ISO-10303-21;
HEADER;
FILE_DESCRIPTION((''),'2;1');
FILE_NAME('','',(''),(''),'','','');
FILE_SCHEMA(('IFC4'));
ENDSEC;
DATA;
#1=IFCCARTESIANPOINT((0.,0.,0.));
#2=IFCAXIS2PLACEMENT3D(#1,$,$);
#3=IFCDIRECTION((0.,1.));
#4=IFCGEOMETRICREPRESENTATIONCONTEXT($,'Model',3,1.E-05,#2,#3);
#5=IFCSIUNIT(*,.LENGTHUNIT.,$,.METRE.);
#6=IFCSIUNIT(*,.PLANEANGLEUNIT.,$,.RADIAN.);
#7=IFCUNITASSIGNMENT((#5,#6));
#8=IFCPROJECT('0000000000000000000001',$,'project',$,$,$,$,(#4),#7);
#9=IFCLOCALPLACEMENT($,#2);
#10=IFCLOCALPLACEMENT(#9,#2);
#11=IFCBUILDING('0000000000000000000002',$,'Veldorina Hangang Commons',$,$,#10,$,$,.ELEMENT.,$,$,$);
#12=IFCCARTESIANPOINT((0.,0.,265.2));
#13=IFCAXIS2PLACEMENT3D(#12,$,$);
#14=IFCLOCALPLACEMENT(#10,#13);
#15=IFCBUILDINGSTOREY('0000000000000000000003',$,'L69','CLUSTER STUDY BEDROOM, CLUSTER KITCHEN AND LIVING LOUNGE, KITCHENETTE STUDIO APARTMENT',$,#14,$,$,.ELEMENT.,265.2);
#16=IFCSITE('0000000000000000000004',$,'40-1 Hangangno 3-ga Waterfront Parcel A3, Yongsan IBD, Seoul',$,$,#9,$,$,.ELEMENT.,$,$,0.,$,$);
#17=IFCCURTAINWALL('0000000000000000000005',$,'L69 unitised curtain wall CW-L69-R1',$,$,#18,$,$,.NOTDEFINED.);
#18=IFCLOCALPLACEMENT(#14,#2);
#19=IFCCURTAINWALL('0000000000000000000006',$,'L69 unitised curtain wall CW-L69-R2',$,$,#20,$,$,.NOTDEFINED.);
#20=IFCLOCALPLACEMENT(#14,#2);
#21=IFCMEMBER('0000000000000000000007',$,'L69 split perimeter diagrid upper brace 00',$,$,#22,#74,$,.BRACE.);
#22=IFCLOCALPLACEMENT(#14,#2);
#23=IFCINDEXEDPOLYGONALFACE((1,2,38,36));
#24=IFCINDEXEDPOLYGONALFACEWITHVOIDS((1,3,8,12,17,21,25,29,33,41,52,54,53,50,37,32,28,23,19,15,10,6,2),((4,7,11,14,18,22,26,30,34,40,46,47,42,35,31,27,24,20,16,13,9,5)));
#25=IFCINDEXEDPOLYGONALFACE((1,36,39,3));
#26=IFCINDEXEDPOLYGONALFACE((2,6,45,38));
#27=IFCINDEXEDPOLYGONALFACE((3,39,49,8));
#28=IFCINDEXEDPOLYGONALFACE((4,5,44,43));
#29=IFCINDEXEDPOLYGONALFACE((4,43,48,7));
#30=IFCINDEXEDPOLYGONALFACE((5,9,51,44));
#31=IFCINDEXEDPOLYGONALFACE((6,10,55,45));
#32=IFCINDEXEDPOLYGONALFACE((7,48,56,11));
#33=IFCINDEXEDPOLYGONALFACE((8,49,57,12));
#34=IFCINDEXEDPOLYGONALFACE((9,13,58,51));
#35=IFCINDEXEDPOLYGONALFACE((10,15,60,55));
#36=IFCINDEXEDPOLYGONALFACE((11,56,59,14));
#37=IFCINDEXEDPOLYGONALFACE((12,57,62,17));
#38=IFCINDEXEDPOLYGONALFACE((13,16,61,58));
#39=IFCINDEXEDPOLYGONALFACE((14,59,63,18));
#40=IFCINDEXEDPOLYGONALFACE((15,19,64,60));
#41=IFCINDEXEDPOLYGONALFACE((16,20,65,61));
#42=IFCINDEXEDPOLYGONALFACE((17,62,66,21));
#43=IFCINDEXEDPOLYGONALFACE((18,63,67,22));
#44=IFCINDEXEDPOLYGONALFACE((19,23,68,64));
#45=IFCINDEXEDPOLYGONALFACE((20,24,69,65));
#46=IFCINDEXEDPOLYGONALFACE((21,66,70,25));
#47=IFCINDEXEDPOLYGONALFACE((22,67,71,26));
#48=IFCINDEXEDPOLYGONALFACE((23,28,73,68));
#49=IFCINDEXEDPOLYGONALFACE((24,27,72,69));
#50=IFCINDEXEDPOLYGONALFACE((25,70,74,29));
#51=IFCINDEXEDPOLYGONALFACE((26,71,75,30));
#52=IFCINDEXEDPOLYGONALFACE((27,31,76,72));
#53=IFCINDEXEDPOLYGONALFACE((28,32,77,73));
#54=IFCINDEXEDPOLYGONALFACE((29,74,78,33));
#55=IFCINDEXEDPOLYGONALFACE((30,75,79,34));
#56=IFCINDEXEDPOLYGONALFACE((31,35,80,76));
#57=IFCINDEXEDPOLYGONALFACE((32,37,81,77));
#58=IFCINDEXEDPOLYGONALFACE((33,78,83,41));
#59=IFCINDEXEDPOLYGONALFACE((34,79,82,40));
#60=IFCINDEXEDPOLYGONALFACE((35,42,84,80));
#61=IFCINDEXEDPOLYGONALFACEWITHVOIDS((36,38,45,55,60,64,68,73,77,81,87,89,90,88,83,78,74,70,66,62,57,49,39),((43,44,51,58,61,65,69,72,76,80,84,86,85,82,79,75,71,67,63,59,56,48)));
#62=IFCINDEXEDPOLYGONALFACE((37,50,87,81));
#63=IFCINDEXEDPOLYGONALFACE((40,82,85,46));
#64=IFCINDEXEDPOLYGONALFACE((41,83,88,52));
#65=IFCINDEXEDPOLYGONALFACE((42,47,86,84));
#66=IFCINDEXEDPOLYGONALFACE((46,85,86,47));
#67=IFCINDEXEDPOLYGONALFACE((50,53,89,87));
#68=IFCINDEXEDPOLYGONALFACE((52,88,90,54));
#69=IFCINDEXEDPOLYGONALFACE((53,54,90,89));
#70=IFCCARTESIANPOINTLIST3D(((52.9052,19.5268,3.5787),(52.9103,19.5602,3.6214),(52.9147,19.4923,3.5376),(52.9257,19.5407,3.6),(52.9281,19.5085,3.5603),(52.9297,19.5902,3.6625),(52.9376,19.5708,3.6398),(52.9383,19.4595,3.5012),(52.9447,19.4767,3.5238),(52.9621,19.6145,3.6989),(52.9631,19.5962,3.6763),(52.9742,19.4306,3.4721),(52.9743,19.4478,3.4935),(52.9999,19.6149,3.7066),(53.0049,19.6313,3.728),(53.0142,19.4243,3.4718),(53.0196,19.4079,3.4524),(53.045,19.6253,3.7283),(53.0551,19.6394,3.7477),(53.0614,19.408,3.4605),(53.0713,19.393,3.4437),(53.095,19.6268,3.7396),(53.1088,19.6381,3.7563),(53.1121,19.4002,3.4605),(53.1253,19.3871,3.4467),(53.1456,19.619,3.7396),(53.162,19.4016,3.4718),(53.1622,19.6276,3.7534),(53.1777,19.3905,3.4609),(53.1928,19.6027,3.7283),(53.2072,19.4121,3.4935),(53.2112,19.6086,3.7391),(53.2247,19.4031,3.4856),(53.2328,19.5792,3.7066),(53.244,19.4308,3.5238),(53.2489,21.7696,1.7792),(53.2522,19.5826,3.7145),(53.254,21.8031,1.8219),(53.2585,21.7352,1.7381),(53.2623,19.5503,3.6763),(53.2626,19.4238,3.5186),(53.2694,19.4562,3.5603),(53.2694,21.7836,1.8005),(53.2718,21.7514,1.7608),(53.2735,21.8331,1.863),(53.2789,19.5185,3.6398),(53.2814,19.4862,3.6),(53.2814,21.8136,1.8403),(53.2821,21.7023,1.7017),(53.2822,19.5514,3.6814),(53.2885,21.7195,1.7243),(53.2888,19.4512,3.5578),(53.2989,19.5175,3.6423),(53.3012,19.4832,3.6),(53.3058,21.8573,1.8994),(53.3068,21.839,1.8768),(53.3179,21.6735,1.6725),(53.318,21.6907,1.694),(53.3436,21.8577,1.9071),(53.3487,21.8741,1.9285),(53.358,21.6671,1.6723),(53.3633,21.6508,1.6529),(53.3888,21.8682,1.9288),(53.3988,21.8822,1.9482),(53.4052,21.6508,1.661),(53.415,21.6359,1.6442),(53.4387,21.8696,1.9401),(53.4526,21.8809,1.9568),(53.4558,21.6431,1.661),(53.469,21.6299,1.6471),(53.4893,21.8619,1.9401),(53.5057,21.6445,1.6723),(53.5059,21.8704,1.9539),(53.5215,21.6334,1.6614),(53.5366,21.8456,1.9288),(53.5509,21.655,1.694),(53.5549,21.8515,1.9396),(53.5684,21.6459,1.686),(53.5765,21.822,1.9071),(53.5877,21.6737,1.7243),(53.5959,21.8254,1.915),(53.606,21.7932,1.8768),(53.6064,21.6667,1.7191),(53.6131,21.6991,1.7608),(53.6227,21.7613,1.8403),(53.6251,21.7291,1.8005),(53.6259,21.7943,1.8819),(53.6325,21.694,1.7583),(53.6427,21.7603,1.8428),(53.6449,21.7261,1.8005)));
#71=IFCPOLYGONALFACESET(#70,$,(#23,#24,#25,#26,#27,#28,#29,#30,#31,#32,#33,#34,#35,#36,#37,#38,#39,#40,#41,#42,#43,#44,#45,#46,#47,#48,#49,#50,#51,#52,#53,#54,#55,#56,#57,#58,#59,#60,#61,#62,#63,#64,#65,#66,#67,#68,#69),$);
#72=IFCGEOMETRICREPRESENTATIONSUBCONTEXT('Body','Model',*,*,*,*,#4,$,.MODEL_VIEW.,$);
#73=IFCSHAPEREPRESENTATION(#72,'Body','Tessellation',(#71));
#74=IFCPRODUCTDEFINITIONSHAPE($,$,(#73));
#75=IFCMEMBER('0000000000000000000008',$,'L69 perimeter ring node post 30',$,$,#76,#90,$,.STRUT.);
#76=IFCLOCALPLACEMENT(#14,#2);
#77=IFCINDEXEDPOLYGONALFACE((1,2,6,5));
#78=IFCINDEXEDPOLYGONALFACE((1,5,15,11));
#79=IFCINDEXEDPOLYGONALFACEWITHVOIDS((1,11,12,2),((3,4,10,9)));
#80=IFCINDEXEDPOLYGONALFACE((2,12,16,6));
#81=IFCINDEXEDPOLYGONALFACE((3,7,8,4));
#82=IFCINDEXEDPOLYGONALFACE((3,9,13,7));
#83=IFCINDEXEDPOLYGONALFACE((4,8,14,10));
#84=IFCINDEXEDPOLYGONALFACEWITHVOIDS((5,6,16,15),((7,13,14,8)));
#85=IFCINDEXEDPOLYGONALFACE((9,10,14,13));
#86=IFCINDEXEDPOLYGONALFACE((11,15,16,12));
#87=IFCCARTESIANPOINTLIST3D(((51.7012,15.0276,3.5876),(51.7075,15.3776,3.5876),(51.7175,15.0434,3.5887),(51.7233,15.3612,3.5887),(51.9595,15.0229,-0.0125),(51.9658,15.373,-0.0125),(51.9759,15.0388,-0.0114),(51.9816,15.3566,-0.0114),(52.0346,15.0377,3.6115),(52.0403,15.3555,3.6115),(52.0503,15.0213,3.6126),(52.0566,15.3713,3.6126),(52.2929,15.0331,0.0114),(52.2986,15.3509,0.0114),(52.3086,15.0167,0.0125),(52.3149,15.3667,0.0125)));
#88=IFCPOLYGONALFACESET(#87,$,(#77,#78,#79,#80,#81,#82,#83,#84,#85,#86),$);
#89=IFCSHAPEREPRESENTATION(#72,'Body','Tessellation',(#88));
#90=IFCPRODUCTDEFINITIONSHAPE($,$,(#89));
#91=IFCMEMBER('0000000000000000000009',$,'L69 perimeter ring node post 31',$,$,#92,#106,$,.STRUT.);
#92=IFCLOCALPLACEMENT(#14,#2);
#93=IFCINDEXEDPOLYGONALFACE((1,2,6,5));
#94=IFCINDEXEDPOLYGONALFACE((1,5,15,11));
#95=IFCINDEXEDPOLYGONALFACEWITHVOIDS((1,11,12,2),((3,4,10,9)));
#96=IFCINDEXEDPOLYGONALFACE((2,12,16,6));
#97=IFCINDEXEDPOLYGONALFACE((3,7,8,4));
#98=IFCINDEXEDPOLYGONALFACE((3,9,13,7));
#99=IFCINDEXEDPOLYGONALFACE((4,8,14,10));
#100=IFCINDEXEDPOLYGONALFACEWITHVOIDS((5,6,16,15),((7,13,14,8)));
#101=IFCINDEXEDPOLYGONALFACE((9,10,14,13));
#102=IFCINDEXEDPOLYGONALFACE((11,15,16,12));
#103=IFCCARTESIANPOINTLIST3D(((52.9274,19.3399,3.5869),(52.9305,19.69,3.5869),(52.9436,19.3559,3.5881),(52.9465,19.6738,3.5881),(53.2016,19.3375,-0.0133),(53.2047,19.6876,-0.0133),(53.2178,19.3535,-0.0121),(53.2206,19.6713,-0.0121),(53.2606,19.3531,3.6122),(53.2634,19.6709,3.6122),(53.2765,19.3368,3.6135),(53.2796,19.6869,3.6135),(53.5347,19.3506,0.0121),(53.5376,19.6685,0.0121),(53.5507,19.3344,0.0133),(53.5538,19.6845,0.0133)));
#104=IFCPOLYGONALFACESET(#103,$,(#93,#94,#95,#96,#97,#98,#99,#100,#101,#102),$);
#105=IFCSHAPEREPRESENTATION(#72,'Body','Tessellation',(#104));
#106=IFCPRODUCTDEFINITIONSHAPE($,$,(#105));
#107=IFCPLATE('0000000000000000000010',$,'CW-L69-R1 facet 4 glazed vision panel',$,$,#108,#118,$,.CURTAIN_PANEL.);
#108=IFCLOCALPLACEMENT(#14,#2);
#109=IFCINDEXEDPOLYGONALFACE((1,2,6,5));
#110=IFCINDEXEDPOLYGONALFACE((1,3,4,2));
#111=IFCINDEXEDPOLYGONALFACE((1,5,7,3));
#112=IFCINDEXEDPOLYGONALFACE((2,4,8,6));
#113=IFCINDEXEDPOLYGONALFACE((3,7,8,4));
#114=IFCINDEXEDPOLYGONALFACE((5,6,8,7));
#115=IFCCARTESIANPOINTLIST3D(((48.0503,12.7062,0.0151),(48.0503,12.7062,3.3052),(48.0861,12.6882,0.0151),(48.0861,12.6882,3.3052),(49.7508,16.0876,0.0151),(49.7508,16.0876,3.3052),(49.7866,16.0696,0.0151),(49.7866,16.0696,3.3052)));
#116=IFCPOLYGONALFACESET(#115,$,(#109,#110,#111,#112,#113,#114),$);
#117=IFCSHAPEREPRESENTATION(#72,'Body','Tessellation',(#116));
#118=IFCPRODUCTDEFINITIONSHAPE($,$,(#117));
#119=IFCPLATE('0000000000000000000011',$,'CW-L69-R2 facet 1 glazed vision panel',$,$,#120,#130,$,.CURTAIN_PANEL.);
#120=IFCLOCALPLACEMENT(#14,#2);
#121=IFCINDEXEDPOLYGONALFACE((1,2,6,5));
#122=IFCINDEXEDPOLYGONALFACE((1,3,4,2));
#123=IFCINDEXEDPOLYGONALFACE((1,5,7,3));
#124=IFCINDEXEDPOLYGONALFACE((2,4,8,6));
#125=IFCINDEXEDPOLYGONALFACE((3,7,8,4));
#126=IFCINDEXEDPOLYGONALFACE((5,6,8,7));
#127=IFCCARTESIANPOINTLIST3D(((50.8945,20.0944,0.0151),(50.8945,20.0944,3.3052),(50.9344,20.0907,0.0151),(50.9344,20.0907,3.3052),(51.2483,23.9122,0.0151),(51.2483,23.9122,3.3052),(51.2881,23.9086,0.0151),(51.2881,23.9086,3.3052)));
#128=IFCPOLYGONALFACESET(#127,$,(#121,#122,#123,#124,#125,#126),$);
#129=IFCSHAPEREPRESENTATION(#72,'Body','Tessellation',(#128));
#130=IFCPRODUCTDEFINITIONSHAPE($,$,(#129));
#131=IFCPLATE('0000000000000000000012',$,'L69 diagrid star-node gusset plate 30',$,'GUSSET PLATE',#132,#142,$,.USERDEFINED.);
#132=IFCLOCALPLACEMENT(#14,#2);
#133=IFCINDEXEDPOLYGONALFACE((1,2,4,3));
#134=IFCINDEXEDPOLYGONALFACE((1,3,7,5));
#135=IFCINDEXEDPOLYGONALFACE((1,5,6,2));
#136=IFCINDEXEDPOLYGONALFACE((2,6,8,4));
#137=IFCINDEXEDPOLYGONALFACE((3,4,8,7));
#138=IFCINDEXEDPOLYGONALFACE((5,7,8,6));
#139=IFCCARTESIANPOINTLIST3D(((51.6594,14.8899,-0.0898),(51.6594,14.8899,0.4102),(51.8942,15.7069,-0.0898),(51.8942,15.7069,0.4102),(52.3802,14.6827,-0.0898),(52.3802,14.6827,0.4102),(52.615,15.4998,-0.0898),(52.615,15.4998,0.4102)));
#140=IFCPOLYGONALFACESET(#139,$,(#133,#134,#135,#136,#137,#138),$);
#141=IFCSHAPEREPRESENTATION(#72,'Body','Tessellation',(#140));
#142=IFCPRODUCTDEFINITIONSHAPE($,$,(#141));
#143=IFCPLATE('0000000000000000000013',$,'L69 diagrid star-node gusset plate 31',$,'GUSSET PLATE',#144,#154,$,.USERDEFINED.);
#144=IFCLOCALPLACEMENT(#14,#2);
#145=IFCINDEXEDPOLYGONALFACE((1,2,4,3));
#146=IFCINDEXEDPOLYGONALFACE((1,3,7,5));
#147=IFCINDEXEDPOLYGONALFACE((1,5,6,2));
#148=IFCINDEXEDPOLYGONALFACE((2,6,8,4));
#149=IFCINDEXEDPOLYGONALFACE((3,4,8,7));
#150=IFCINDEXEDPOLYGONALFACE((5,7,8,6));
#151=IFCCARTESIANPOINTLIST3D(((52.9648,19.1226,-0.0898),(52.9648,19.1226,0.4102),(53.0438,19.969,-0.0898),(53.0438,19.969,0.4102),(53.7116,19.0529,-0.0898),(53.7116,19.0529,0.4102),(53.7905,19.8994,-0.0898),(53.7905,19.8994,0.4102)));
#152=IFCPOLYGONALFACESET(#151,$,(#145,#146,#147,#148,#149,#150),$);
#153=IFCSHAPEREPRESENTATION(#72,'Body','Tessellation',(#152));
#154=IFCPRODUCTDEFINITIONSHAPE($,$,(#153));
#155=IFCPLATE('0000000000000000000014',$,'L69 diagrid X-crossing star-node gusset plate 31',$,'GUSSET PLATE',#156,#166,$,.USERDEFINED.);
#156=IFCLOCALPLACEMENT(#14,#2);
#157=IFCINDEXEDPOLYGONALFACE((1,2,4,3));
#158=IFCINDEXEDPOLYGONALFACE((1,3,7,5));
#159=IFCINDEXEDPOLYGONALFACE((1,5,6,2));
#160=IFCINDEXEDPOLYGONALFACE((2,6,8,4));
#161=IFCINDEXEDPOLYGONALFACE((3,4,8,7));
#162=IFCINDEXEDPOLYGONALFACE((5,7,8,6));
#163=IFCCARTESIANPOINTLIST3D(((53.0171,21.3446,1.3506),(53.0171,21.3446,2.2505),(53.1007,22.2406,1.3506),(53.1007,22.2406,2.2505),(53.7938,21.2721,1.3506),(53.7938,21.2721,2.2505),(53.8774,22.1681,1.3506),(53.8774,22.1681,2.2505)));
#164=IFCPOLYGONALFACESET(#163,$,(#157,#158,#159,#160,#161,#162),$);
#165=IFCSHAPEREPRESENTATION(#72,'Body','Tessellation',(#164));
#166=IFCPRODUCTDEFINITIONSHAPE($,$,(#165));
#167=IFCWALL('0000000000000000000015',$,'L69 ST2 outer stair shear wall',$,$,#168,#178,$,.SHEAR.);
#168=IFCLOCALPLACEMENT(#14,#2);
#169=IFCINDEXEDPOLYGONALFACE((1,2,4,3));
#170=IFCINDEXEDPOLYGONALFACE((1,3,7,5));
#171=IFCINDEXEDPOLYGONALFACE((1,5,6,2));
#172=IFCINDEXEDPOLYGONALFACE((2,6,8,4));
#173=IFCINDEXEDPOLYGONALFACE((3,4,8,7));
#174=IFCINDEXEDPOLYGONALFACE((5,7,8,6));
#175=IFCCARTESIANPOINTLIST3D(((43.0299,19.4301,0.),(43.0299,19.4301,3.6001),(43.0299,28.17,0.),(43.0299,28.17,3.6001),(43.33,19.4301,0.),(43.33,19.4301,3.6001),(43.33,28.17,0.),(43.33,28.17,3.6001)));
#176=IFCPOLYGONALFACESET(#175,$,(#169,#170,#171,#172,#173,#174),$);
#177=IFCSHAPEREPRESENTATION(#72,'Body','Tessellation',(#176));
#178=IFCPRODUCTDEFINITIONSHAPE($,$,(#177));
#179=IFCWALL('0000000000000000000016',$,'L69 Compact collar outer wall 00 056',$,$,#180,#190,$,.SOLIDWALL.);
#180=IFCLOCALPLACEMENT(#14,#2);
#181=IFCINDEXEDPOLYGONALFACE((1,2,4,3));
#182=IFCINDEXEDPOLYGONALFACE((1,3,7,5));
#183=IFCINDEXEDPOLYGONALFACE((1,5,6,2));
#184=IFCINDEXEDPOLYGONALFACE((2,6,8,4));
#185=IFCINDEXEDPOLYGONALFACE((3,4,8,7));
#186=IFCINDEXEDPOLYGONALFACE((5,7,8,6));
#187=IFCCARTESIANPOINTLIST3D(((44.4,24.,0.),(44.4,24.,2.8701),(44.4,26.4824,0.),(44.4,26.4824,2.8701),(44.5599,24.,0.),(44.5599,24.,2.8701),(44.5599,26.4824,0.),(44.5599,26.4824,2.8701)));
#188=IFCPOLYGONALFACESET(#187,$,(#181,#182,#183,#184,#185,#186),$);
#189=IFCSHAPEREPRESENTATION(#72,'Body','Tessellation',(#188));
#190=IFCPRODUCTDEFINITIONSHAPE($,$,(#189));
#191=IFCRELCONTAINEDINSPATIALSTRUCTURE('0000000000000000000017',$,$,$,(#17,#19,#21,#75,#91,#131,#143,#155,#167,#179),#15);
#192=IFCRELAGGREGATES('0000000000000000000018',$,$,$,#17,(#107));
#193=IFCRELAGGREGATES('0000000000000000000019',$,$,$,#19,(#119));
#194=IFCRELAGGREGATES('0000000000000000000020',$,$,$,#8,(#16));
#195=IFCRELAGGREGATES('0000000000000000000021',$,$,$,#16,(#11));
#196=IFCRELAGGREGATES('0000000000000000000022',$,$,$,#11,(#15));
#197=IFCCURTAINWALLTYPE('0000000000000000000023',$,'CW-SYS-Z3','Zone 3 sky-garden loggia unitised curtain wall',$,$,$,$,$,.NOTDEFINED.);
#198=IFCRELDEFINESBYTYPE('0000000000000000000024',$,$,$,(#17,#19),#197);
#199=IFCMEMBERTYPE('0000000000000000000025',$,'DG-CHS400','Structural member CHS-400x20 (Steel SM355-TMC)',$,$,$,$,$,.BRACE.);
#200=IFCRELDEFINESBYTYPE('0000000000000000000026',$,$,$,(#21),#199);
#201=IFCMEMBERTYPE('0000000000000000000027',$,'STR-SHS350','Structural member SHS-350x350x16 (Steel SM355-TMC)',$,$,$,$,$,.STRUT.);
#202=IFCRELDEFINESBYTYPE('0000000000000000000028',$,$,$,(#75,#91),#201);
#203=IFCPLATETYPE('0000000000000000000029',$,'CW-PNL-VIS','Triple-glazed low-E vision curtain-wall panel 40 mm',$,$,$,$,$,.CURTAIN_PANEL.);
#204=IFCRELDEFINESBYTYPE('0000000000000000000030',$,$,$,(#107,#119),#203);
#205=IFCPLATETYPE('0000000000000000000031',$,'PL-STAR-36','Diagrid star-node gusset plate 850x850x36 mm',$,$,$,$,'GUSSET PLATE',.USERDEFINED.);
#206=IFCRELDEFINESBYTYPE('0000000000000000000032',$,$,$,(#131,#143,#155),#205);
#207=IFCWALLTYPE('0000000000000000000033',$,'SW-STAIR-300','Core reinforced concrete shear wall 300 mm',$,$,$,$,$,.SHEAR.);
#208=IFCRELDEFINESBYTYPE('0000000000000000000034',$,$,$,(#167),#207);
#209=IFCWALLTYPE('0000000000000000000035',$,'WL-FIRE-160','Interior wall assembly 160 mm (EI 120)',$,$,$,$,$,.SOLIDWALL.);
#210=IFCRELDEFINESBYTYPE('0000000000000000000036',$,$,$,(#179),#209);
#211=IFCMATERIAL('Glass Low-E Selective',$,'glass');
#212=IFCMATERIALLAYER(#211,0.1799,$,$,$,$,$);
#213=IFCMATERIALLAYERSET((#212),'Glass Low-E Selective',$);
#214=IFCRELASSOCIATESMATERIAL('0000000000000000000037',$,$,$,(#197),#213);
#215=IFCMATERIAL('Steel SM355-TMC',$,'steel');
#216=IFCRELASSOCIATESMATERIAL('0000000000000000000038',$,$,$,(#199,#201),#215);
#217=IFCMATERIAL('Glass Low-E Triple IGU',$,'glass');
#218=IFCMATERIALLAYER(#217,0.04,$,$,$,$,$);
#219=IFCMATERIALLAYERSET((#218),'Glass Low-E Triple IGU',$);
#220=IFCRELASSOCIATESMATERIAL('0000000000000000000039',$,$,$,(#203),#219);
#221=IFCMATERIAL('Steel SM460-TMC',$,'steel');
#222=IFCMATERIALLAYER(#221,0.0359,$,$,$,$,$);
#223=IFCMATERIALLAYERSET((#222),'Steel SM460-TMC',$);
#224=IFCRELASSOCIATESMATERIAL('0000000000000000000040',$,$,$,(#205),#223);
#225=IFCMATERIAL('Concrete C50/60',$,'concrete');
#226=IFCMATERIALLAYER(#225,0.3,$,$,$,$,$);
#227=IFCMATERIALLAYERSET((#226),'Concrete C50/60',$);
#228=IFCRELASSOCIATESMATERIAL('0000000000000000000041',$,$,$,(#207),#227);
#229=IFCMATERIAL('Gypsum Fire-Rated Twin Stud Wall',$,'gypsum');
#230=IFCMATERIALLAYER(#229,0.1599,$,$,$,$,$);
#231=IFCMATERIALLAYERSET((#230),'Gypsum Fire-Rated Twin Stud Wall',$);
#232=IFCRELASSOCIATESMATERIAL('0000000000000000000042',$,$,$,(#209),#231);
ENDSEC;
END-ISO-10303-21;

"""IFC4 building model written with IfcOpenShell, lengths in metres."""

from ifc_helpers import new_model, si_unit, direction, frame, frame_2d, origin, origin_2d, place, context, subcontext, project, spatial, rectangle, hollow_rectangle, hollow_circle, extrude, material, layer, layer_set, material_profile, profile_set, type_object, element, aggregate, save


model = new_model("IFC4")

# Units and contexts
model_context = context("Model", 3, precision=1e-05, world=origin(), true_north=direction((0.0, 1.0)))
body_context = subcontext(model_context, "Body", "Model", "MODEL_VIEW")
ifc_project = project(units=[si_unit("LENGTHUNIT", "METRE"), si_unit("PLANEANGLEUNIT", "RADIAN")], contexts=[model_context])

# Site, building, storey
site_placement = place(None, origin())
site = spatial("IfcSite", under=ifc_project, at=site_placement, Name="40-1 Hangangno 3-ga Waterfront Parcel A3, Yongsan IBD, Seoul", CompositionType="ELEMENT", RefElevation=0.0)
building_placement = place(site_placement, origin())
building = spatial("IfcBuilding", under=site, at=building_placement, Name="Veldorina Hangang Commons", CompositionType="ELEMENT")
storey_placement = place(building_placement, frame((0.0, 0.0, 265.2)))
storey = spatial("IfcBuildingStorey", under=building, at=storey_placement, Name="L69", Description="CLUSTER STUDY BEDROOM, CLUSTER KITCHEN AND LIVING LOUNGE, KITCHENETTE STUDIO APARTMENT", CompositionType="ELEMENT", Elevation=265.2)

# Shared definitions
ifc_material_1 = material(Name="Steel SM355-TMC", Category="steel")

# Curtain wall
ifc_material_2 = material(Name="Glass Low-E Selective", Category="glass")
ifc_layer_1 = layer(ifc_material_2, 0.1799)
ifc_layer_set_1 = layer_set([ifc_layer_1], Name="Glass Low-E Selective")
curtain_wall_type = type_object("IfcCurtainWallType", Name="CW-SYS-Z3", Description="Zone 3 sky-garden loggia unitised curtain wall", PredefinedType="NOTDEFINED", material=ifc_layer_set_1)
curtain_wall_1_placement = place(storey_placement, origin())
curtain_wall_1 = element("IfcCurtainWall", 1, at=curtain_wall_1_placement, inside=storey, type_object=curtain_wall_type, Name="L69 unitised curtain wall CW-L69-R1", PredefinedType="NOTDEFINED")

# Curtain wall
curtain_wall_2_placement = place(storey_placement, origin())
curtain_wall_2 = element("IfcCurtainWall", 2, at=curtain_wall_2_placement, inside=storey, type_object=curtain_wall_type, Name="L69 unitised curtain wall CW-L69-R2", PredefinedType="NOTDEFINED")

# Members
ifc_material_profile_1 = material_profile(ifc_material_1, hollow_circle(Radius=0.2, WallThickness=0.02, at=origin_2d()), Name="CHS-400x20")
ifc_profile_set_1 = profile_set([ifc_material_profile_1], Name="Steel SM355-TMC")
member_type_1 = type_object("IfcMemberType", Name="DG-CHS400", Description="Structural member CHS-400x20 (Steel SM355-TMC)", PredefinedType="BRACE", material=ifc_profile_set_1)
member_1_placement = place(storey_placement, frame((53.4473, 21.7563, 1.8005), z_axis=(-0.118695, -0.774468, 0.621378), x_axis=(0.988459, -0.151491, 0.0)))
element("IfcMember", 3, at=member_1_placement, inside=storey, type_object=member_type_1, Name="L69 split perimeter diagrid upper brace 00", PredefinedType="BRACE", context=body_context, shape_type="SweptSolid", body=[
    extrude(hollow_circle(Radius=0.2, WallThickness=0.02, at=origin_2d()), origin(), (0.0, 0.0, 1.0), 2.896),
])
ifc_material_profile_2 = material_profile(ifc_material_1, hollow_rectangle(XDim=0.3501, YDim=0.3501, WallThickness=0.0161, at=origin_2d()), Name="SHS-350x350x16")
ifc_profile_set_2 = profile_set([ifc_material_profile_2], Name="Steel SM355-TMC")
member_type_2 = type_object("IfcMemberType", Name="STR-SHS350", Description="Structural member SHS-350x350x16 (Steel SM355-TMC)", PredefinedType="STRUT", material=ifc_profile_set_2)
member_2_placement = place(storey_placement, frame((52.1372, 15.1948, 0.0), z_axis=(-0.071564, 0.001285, 0.997435), x_axis=(-0.017956, -0.999839, 0.0)))
element("IfcMember", 4, at=member_2_placement, inside=storey, type_object=member_type_2, Name="L69 perimeter ring node post 30", PredefinedType="STRUT", context=body_context, shape_type="SweptSolid", body=[
    extrude(hollow_rectangle(XDim=0.3501, YDim=0.3501, WallThickness=0.0161, at=origin_2d()), origin(), (0.0, 0.0, 1.0), 3.6094),
])
member_3_placement = place(storey_placement, frame((53.3777, 19.511, 0.0), z_axis=(-0.075936, 0.000676, 0.997112), x_axis=(-0.008904, -0.99996, 0.0)))
element("IfcMember", 5, at=member_3_placement, inside=storey, type_object=member_type_2, Name="L69 perimeter ring node post 31", PredefinedType="STRUT", context=body_context, shape_type="SweptSolid", body=[
    extrude(hollow_rectangle(XDim=0.3501, YDim=0.3501, WallThickness=0.0161, at=origin_2d()), origin(), (0.0, 0.0, 1.0), 3.6106),
])

# Plates
ifc_material_3 = material(Name="Glass Low-E Triple IGU", Category="glass")
ifc_layer_2 = layer(ifc_material_3, 0.04)
ifc_layer_set_2 = layer_set([ifc_layer_2], Name="Glass Low-E Triple IGU")
plate_type_1 = type_object("IfcPlateType", Name="CW-PNL-VIS", Description="Triple-glazed low-E vision curtain-wall panel 40 mm", PredefinedType="CURTAIN_PANEL", material=ifc_layer_set_2)
plate_1_placement = place(storey_placement, frame((48.9185, 14.3879, 0.0151), z_axis=(0.0, 0.0, 1.0), x_axis=(0.449288, 0.893387, 0.0)))
plate_1 = element("IfcPlate", 6, at=plate_1_placement, type_object=plate_type_1, Name="CW-L69-R1 facet 4 glazed vision panel", PredefinedType="CURTAIN_PANEL", context=body_context, shape_type="SweptSolid", body=[
    extrude(rectangle(XDim=3.7849, YDim=0.04, at=origin_2d()), origin(), (0.0, 0.0, 1.0), 3.29),
])
aggregate(curtain_wall_1, [plate_1])
plate_2_placement = place(storey_placement, frame((51.0913, 22.0015, 0.0151), z_axis=(0.0, 0.0, 1.0), x_axis=(0.092266, 0.995734, 0.0)))
plate_2 = element("IfcPlate", 7, at=plate_2_placement, type_object=plate_type_1, Name="CW-L69-R2 facet 1 glazed vision panel", PredefinedType="CURTAIN_PANEL", context=body_context, shape_type="SweptSolid", body=[
    extrude(rectangle(XDim=3.8342, YDim=0.04, at=origin_2d()), origin(), (0.0, 0.0, 1.0), 3.29),
])
aggregate(curtain_wall_2, [plate_2])

# Plates
ifc_material_4 = material(Name="Steel SM460-TMC", Category="steel")
ifc_layer_3 = layer(ifc_material_4, 0.0359)
ifc_layer_set_3 = layer_set([ifc_layer_3], Name="Steel SM460-TMC")
plate_type_2 = type_object("IfcPlateType", Name="PL-STAR-36", Description="Diagrid star-node gusset plate 850x850x36 mm", ElementType="GUSSET PLATE", PredefinedType="USERDEFINED", material=ifc_layer_set_3)
for number, where, z_axis, x_axis, name in (
    (8, (52.1372, 15.1948, -0.0898), (0.0, 0.0, 1.0), (0.276191, 0.961103, 0.0), "L69 diagrid star-node gusset plate 30"),
    (9, (53.3777, 19.511, -0.0898), (0.0, 0.0, 1.0), (0.092892, 0.995676, 0.0), "L69 diagrid star-node gusset plate 31"),
):
    element("IfcPlate", number, at=place(storey_placement, frame(where, z_axis=z_axis, x_axis=x_axis)), inside=storey, type_object=plate_type_2, Name=name, ObjectType="GUSSET PLATE", PredefinedType="USERDEFINED", context=body_context, shape_type="SweptSolid", body=[
        extrude(rectangle(XDim=0.8501, YDim=0.75, at=origin_2d()), origin(), (0.0, 0.0, 1.0), 0.5),
    ])
plate_3_placement = place(storey_placement, frame((53.4473, 21.7563, 1.3506), z_axis=(0.0, 0.0, 1.0), x_axis=(0.092892, 0.995676, 0.0)))
element("IfcPlate", 10, at=plate_3_placement, inside=storey, type_object=plate_type_2, Name="L69 diagrid X-crossing star-node gusset plate 31", ObjectType="GUSSET PLATE", PredefinedType="USERDEFINED", context=body_context, shape_type="SweptSolid", body=[
    extrude(rectangle(XDim=0.8999, YDim=0.78, at=origin_2d()), origin(), (0.0, 0.0, 1.0), 0.8999),
])

# Walls
ifc_material_5 = material(Name="Concrete C50/60", Category="concrete")
ifc_layer_4 = layer(ifc_material_5, 0.3)
ifc_layer_set_4 = layer_set([ifc_layer_4], Name="Concrete C50/60")
wall_type_1 = type_object("IfcWallType", Name="SW-STAIR-300", Description="Core reinforced concrete shear wall 300 mm", PredefinedType="SHEAR", material=ifc_layer_set_4)
wall_1_placement = place(storey_placement, frame((43.1799, 19.4299, 0.0), z_axis=(0.0, 0.0, 1.0), x_axis=(0.0, 1.0, 0.0)))
element("IfcWall", 11, at=wall_1_placement, inside=storey, type_object=wall_type_1, Name="L69 ST2 outer stair shear wall", PredefinedType="SHEAR", context=body_context, shape_type="SweptSolid", body=[
    extrude(rectangle(XDim=8.74, YDim=0.3, at=frame_2d((4.3701, 0.0))), origin(), (0.0, 0.0, 1.0), 3.6001),
])
ifc_material_6 = material(Name="Gypsum Fire-Rated Twin Stud Wall", Category="gypsum")
ifc_layer_5 = layer(ifc_material_6, 0.1599)
ifc_layer_set_5 = layer_set([ifc_layer_5], Name="Gypsum Fire-Rated Twin Stud Wall")
wall_type_2 = type_object("IfcWallType", Name="WL-FIRE-160", Description="Interior wall assembly 160 mm (EI 120)", PredefinedType="SOLIDWALL", material=ifc_layer_set_5)
wall_2_placement = place(storey_placement, frame((44.48, 24.0, 0.0), z_axis=(0.0, 0.0, 1.0), x_axis=(0.0, 1.0, 0.0)))
element("IfcWall", 12, at=wall_2_placement, inside=storey, type_object=wall_type_2, Name="L69 Compact collar outer wall 00 056", PredefinedType="SOLIDWALL", context=body_context, shape_type="SweptSolid", body=[
    extrude(rectangle(XDim=2.4824, YDim=0.1599, at=frame_2d((1.2412, 0.0))), origin(), (0.0, 0.0, 1.0), 2.8701),
])

save(model, "model.ifc")
